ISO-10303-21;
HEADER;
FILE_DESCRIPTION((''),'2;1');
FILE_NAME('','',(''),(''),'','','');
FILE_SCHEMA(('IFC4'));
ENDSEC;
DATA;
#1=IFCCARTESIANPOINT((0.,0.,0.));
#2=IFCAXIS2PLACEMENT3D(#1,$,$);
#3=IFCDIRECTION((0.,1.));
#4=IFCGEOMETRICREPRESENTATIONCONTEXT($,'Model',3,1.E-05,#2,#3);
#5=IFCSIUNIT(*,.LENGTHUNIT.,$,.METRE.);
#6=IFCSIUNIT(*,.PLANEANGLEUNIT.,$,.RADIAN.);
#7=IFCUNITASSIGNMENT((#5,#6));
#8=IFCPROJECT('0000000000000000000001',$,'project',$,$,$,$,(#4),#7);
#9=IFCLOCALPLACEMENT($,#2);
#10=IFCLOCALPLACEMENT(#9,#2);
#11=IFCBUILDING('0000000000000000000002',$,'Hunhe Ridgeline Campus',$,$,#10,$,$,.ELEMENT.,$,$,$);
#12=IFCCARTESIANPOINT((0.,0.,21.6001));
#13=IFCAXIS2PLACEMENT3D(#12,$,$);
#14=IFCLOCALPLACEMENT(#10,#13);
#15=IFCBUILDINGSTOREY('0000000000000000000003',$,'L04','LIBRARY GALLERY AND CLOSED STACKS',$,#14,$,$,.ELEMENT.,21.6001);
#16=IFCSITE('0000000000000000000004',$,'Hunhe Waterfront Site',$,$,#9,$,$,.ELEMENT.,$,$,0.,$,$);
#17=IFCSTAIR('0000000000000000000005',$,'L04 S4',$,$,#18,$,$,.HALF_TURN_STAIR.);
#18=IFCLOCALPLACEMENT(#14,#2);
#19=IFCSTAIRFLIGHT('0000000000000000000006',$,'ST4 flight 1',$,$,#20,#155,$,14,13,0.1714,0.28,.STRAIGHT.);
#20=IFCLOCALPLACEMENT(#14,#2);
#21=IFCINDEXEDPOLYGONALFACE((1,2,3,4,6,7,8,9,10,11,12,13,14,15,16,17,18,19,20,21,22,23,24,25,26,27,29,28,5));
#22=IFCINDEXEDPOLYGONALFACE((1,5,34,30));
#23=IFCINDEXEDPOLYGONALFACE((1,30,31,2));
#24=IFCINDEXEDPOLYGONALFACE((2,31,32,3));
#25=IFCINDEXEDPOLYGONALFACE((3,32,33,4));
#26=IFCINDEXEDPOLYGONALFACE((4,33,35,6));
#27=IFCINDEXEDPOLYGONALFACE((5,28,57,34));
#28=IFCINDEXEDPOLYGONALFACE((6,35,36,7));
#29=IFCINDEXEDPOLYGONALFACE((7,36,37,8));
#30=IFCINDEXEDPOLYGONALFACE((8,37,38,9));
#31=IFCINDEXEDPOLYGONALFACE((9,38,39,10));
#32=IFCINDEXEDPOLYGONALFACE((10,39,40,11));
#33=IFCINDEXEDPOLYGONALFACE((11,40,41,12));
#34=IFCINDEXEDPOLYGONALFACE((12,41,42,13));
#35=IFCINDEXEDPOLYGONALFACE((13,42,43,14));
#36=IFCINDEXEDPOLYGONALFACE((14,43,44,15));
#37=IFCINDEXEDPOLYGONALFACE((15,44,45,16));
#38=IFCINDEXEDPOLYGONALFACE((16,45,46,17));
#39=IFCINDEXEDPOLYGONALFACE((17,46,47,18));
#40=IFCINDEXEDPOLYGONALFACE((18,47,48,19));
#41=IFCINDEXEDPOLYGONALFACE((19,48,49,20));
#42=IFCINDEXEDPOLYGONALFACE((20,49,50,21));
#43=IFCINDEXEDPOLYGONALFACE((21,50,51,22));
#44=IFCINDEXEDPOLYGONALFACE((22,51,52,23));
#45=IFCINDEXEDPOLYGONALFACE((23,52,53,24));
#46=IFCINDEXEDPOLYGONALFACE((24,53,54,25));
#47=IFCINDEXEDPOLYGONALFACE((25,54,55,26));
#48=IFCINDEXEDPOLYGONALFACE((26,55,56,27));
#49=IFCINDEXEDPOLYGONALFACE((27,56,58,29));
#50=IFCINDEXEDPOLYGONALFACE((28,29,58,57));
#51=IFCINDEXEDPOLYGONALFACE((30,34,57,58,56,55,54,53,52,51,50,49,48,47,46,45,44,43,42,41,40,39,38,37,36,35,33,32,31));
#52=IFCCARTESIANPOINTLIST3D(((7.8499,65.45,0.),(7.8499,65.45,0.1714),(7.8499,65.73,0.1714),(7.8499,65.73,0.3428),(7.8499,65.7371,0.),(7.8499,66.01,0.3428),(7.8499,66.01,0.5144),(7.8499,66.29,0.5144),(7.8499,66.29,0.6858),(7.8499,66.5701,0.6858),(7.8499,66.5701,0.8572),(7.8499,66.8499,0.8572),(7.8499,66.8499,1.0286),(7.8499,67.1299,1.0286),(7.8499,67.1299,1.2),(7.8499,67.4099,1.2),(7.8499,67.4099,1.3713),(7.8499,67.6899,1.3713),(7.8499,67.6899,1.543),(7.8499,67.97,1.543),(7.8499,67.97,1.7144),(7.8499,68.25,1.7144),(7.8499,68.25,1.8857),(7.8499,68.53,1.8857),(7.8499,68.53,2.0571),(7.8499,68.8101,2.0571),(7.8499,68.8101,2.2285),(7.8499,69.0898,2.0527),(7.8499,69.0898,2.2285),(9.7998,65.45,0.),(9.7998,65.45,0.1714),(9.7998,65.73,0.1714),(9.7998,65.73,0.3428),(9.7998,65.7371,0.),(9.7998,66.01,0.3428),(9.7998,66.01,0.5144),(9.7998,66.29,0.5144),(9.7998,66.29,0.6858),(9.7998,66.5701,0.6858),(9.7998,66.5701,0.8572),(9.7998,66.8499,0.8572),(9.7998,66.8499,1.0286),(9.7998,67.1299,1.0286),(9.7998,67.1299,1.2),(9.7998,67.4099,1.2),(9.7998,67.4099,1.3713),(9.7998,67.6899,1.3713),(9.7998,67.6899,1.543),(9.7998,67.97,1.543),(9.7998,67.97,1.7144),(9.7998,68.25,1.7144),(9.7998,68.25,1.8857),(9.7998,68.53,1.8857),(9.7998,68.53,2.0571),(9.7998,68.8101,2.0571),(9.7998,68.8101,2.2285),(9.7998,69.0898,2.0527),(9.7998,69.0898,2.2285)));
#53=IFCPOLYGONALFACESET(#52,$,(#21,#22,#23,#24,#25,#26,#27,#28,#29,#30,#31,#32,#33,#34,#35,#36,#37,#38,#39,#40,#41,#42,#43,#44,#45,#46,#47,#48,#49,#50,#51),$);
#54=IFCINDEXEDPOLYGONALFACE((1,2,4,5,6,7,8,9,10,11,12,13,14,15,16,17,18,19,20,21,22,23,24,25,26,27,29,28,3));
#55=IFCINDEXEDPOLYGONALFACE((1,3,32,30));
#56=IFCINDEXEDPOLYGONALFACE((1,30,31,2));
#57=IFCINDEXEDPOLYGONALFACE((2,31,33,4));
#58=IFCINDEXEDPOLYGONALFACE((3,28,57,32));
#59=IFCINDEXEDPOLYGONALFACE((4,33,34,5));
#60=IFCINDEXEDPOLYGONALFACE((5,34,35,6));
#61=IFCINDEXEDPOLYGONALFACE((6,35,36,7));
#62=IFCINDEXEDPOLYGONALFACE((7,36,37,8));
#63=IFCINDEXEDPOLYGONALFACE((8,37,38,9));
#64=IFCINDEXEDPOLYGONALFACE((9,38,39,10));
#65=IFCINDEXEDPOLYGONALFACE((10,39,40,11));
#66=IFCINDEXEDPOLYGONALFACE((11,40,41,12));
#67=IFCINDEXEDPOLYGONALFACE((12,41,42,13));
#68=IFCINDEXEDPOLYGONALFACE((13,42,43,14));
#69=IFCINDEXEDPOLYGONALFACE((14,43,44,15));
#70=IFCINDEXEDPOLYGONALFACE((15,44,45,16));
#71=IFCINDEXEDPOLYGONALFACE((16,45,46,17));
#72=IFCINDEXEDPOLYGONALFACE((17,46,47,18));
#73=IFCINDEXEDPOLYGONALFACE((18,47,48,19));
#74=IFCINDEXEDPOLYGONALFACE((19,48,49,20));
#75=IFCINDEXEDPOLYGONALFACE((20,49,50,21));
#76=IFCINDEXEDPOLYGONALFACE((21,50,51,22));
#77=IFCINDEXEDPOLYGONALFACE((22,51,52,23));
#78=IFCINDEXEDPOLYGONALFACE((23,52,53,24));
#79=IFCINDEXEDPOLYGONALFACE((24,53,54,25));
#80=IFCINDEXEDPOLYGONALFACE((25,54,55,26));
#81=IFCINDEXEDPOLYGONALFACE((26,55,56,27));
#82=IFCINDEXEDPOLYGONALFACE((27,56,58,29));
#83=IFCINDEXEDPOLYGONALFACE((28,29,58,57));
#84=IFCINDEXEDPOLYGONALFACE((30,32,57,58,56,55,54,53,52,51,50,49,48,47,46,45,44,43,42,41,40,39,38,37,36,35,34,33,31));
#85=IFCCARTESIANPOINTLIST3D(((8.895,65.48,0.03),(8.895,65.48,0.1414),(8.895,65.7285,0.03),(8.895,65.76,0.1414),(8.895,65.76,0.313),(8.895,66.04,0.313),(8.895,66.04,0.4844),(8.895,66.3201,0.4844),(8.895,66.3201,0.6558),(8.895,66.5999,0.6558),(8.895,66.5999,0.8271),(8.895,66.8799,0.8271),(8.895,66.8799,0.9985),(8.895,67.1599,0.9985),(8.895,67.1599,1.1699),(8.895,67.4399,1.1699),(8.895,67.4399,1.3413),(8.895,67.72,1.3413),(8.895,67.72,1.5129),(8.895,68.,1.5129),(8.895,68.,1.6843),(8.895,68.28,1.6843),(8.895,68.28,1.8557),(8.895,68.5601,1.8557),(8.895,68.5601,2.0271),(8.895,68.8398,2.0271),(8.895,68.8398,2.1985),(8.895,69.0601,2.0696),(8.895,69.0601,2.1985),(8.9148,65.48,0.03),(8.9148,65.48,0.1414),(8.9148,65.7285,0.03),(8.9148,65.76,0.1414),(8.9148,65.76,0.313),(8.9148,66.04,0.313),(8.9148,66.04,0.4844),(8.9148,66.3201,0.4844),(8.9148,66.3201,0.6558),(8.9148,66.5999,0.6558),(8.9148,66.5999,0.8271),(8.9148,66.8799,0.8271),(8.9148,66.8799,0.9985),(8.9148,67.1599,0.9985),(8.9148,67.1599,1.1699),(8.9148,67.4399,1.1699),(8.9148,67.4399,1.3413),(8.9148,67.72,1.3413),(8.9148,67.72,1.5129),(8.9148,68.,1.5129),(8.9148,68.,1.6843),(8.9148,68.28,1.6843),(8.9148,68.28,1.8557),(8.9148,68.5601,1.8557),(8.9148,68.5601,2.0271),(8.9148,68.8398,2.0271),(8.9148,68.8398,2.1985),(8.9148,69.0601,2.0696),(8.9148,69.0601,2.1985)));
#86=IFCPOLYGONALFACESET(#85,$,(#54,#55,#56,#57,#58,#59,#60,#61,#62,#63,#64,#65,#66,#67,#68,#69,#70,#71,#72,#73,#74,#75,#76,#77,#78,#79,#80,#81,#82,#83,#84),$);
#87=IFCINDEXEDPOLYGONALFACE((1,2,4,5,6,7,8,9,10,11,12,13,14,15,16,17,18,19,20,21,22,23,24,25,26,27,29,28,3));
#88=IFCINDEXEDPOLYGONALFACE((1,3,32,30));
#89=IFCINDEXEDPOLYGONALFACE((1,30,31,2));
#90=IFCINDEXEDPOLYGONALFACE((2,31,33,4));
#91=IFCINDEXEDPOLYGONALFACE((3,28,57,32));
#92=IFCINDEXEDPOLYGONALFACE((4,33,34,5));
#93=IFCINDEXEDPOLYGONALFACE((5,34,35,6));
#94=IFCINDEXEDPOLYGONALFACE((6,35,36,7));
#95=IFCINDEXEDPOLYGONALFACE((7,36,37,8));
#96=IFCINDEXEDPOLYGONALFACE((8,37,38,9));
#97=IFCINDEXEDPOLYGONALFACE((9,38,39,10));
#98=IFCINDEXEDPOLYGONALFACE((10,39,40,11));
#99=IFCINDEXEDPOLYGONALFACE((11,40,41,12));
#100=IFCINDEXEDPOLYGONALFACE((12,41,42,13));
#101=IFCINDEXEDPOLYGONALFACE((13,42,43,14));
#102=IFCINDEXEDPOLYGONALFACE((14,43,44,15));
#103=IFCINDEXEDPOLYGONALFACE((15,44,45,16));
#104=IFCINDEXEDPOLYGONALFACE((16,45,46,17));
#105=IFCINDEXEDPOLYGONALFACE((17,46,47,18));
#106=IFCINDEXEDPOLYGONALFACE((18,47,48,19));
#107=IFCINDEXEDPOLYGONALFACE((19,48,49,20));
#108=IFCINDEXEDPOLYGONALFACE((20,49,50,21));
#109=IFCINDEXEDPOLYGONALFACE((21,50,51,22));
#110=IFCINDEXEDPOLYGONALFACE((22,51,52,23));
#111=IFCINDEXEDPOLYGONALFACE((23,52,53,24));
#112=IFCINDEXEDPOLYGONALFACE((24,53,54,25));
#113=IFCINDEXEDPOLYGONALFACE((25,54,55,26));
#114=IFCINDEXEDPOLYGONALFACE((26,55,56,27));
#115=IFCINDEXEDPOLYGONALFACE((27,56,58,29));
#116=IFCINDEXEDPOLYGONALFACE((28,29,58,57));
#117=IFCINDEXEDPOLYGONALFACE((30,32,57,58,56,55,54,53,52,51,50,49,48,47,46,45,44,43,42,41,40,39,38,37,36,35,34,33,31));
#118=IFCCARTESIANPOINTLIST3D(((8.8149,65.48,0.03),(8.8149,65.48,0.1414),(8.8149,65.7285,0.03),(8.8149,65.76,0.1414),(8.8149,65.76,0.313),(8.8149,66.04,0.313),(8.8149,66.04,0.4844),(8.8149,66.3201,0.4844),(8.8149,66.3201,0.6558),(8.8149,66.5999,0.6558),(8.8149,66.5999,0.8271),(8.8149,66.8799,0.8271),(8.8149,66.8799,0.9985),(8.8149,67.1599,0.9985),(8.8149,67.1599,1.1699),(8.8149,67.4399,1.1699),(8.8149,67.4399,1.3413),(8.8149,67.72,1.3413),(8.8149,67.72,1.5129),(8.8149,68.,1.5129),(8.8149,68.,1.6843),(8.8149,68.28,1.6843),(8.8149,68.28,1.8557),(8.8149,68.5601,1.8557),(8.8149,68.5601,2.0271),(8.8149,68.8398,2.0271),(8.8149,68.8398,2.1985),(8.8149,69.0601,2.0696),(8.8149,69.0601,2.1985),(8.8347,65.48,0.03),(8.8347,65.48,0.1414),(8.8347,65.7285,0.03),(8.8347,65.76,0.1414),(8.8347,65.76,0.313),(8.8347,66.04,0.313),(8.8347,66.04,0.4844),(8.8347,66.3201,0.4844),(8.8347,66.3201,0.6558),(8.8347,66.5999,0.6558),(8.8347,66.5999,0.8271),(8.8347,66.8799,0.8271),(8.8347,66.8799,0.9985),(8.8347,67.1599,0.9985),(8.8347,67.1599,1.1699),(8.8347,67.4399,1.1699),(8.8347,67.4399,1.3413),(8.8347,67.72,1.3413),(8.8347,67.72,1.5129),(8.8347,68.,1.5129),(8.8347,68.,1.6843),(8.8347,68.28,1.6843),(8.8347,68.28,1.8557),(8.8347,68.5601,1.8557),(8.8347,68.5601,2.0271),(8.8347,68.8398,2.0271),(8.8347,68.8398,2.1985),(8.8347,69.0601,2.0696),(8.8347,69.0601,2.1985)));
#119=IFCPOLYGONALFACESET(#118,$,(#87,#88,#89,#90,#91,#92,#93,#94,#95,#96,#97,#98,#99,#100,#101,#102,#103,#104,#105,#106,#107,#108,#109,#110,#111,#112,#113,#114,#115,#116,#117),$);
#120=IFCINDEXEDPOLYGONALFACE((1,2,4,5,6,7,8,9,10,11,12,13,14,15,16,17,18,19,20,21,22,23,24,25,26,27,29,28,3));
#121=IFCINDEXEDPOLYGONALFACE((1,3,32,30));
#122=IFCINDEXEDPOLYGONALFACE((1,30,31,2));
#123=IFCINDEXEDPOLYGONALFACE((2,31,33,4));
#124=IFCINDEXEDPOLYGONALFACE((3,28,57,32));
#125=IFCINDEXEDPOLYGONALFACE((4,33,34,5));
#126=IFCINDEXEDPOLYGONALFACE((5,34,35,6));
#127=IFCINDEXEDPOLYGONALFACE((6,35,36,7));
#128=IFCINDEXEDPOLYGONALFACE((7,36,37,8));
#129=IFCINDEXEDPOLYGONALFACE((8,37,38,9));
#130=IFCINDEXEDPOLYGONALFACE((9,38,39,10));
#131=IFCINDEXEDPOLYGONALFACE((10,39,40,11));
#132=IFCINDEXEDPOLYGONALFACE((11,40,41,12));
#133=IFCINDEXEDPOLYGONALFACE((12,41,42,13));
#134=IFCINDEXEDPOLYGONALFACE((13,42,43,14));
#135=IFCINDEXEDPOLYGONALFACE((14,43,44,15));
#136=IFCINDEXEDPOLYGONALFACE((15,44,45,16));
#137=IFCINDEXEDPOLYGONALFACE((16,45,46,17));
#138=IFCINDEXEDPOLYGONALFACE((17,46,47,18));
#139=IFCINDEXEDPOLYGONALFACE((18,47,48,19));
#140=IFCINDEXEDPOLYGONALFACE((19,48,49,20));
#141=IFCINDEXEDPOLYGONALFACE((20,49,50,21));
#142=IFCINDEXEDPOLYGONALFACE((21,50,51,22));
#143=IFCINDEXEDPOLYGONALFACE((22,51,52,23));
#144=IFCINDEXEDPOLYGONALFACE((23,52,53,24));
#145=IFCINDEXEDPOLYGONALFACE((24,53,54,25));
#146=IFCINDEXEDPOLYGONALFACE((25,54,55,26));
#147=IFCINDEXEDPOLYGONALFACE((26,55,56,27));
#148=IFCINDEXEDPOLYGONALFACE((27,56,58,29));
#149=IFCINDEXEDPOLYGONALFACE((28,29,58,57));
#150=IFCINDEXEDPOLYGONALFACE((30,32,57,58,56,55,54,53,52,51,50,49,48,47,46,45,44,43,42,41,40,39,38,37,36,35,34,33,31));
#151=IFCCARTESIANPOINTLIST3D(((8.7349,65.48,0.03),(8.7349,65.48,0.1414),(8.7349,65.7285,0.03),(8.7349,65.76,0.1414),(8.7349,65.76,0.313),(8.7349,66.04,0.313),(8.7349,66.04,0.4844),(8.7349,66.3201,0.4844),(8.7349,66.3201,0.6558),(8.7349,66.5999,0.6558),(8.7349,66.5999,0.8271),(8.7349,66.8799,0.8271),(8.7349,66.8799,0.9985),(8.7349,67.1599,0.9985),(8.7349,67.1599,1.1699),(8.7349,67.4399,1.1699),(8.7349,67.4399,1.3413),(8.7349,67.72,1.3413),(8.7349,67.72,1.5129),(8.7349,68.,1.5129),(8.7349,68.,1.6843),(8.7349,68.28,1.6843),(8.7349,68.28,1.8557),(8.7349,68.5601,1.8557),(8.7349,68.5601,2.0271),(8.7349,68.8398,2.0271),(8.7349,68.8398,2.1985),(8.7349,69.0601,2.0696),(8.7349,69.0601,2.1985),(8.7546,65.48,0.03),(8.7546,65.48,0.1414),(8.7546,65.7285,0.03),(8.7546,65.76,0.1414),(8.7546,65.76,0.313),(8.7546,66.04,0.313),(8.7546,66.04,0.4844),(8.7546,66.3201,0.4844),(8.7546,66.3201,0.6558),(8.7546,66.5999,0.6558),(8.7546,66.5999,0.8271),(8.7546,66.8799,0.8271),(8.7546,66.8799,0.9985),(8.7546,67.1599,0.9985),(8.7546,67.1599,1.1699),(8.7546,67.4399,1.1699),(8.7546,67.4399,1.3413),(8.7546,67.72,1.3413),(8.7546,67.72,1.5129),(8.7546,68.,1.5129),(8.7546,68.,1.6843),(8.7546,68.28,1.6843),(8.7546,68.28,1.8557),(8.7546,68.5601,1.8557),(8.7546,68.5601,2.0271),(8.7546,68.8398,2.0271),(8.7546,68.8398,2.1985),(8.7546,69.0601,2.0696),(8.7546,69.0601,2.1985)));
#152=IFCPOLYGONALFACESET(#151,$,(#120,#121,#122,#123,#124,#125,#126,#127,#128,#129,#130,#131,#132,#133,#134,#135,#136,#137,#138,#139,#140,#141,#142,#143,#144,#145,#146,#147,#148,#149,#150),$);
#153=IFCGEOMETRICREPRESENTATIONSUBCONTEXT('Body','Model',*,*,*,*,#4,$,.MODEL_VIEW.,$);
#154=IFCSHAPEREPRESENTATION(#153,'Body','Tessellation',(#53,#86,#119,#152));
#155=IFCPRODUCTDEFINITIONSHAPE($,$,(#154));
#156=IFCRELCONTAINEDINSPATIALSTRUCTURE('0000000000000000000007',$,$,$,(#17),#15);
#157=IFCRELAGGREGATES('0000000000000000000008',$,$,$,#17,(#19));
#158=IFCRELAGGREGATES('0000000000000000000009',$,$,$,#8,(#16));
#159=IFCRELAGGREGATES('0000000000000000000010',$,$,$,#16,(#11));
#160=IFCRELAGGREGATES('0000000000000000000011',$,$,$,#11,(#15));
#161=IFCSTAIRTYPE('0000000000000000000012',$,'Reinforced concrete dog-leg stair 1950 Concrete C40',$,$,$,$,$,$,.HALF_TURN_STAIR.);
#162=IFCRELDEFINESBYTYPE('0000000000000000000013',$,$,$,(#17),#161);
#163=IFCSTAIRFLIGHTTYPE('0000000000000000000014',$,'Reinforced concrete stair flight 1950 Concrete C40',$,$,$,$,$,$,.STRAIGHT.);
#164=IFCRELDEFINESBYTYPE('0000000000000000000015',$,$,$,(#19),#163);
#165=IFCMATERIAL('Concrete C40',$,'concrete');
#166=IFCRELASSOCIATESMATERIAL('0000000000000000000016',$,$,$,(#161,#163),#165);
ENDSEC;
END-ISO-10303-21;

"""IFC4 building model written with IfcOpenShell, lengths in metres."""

from ifc_helpers import new_model, si_unit, direction, frame, origin, place, context, subcontext, project, spatial, polyline, outline, extrude, material, type_object, element, aggregate, save


model = new_model("IFC4")

# Units and contexts
model_context = context("Model", 3, precision=1e-05, world=origin(), true_north=direction((0.0, 1.0)))
body_context = subcontext(model_context, "Body", "Model", "MODEL_VIEW")
ifc_project = project(units=[si_unit("LENGTHUNIT", "METRE"), si_unit("PLANEANGLEUNIT", "RADIAN")], contexts=[model_context])

# Site, building, storey
site_placement = place(None, origin())
site = spatial("IfcSite", under=ifc_project, at=site_placement, Name="Hunhe Waterfront Site", CompositionType="ELEMENT", RefElevation=0.0)
building_placement = place(site_placement, origin())
building = spatial("IfcBuilding", under=site, at=building_placement, Name="Hunhe Ridgeline Campus", CompositionType="ELEMENT")
storey_placement = place(building_placement, frame((0.0, 0.0, 21.6001)))
storey = spatial("IfcBuildingStorey", under=building, at=storey_placement, Name="L04", Description="LIBRARY GALLERY AND CLOSED STACKS", CompositionType="ELEMENT", Elevation=21.6001)

# Stair, stair flight
ifc_material_1 = material(Name="Concrete C40", Category="concrete")
stair_type = type_object("IfcStairType", Name="Reinforced concrete dog-leg stair 1950 Concrete C40", PredefinedType="HALF_TURN_STAIR", material=ifc_material_1)
stair_flight_type = type_object("IfcStairFlightType", Name="Reinforced concrete stair flight 1950 Concrete C40", PredefinedType="STRAIGHT", material=ifc_material_1)
stair_1_placement = place(storey_placement, origin())
stair_1 = element("IfcStair", 1, at=stair_1_placement, inside=storey, type_object=stair_type, Name="L04 S4", PredefinedType="HALF_TURN_STAIR")
stair_flight_1_placement = place(storey_placement, frame((8.825, 65.45, 0.0), z_axis=(0.0, 0.0, 1.0), x_axis=(0.0, 1.0, 0.0)))
stair_flight_1 = element("IfcStairFlight", 2, at=stair_flight_1_placement, type_object=stair_flight_type, Name="ST4 flight 1", NumberOfRisers=14, NumberOfTreads=13, PredefinedType="STRAIGHT", RiserHeight=0.1714, TreadLength=0.28, context=body_context, shape_type="SweptSolid", body=[
    extrude(outline(polyline([(0.0, 0.0), (0.0, 0.1714), (0.28, 0.1714), (0.28, 0.3428), (0.5601, 0.3428), (0.5601, 0.5144), (0.8401, 0.5144), (0.8401, 0.6858), (1.1201, 0.6858), (1.1201, 0.8572), (1.3999, 0.8572), (1.3999, 1.0286), (1.6799, 1.0286), (1.6799, 1.2), (1.96, 1.2), (1.96, 1.3713), (2.24, 1.3713), (2.24, 1.543), (2.52, 1.543), (2.52, 1.7144), (2.8, 1.7144), (2.8, 1.8857), (3.0801, 1.8857), (3.0801, 2.0571), (3.3601, 2.0571), (3.3601, 2.2285), (3.6399, 2.2285), (3.6399, 2.3999), (3.6399, 2.0527), (0.2871, 0.0), (0.0, 0.0)])), frame((0.0, 0.9751, 0.0), z_axis=(0.0, -1.0, 0.0), x_axis=(1.0, 0.0, 0.0)), (0.0, 0.0, 1.0), 1.95),
    extrude(outline(polyline([(0.03, 0.03), (0.03, 0.1414), (0.3101, 0.1414), (0.3101, 0.313), (0.5901, 0.313), (0.5901, 0.4844), (0.8701, 0.4844), (0.8701, 0.6558), (1.1499, 0.6558), (1.1499, 0.8271), (1.4299, 0.8271), (1.4299, 0.9985), (1.71, 0.9985), (1.71, 1.1699), (1.99, 1.1699), (1.99, 1.3413), (2.27, 1.3413), (2.27, 1.5129), (2.55, 1.5129), (2.55, 1.6843), (2.8301, 1.6843), (2.8301, 1.8557), (3.1101, 1.8557), (3.1101, 2.0271), (3.3899, 2.0271), (3.3899, 2.1985), (3.6101, 2.1985), (3.6101, 2.0696), (0.2786, 0.03), (0.03, 0.03)])), frame((0.0, -0.0701, 0.0), z_axis=(0.0, -1.0, 0.0), x_axis=(1.0, 0.0, 0.0)), (0.0, 0.0, 1.0), 0.0198),
    extrude(outline(polyline([(0.03, 0.03), (0.03, 0.1414), (0.3101, 0.1414), (0.3101, 0.313), (0.5901, 0.313), (0.5901, 0.4844), (0.8701, 0.4844), (0.8701, 0.6558), (1.1499, 0.6558), (1.1499, 0.8271), (1.4299, 0.8271), (1.4299, 0.9985), (1.71, 0.9985), (1.71, 1.1699), (1.99, 1.1699), (1.99, 1.3413), (2.27, 1.3413), (2.27, 1.5129), (2.55, 1.5129), (2.55, 1.6843), (2.8301, 1.6843), (2.8301, 1.8557), (3.1101, 1.8557), (3.1101, 2.0271), (3.3899, 2.0271), (3.3899, 2.1985), (3.6101, 2.1985), (3.6101, 2.0696), (0.2786, 0.03), (0.03, 0.03)])), frame((0.0, 0.01, 0.0), z_axis=(0.0, -1.0, 0.0), x_axis=(1.0, 0.0, 0.0)), (0.0, 0.0, 1.0), 0.0198),
    extrude(outline(polyline([(0.03, 0.03), (0.03, 0.1414), (0.3101, 0.1414), (0.3101, 0.313), (0.5901, 0.313), (0.5901, 0.4844), (0.8701, 0.4844), (0.8701, 0.6558), (1.1499, 0.6558), (1.1499, 0.8271), (1.4299, 0.8271), (1.4299, 0.9985), (1.71, 0.9985), (1.71, 1.1699), (1.99, 1.1699), (1.99, 1.3413), (2.27, 1.3413), (2.27, 1.5129), (2.55, 1.5129), (2.55, 1.6843), (2.8301, 1.6843), (2.8301, 1.8557), (3.1101, 1.8557), (3.1101, 2.0271), (3.3899, 2.0271), (3.3899, 2.1985), (3.6101, 2.1985), (3.6101, 2.0696), (0.2786, 0.03), (0.03, 0.03)])), frame((0.0, 0.0901, 0.0), z_axis=(0.0, -1.0, 0.0), x_axis=(1.0, 0.0, 0.0)), (0.0, 0.0, 1.0), 0.0198),
])
aggregate(stair_1, [stair_flight_1])

save(model, "model.ifc")
